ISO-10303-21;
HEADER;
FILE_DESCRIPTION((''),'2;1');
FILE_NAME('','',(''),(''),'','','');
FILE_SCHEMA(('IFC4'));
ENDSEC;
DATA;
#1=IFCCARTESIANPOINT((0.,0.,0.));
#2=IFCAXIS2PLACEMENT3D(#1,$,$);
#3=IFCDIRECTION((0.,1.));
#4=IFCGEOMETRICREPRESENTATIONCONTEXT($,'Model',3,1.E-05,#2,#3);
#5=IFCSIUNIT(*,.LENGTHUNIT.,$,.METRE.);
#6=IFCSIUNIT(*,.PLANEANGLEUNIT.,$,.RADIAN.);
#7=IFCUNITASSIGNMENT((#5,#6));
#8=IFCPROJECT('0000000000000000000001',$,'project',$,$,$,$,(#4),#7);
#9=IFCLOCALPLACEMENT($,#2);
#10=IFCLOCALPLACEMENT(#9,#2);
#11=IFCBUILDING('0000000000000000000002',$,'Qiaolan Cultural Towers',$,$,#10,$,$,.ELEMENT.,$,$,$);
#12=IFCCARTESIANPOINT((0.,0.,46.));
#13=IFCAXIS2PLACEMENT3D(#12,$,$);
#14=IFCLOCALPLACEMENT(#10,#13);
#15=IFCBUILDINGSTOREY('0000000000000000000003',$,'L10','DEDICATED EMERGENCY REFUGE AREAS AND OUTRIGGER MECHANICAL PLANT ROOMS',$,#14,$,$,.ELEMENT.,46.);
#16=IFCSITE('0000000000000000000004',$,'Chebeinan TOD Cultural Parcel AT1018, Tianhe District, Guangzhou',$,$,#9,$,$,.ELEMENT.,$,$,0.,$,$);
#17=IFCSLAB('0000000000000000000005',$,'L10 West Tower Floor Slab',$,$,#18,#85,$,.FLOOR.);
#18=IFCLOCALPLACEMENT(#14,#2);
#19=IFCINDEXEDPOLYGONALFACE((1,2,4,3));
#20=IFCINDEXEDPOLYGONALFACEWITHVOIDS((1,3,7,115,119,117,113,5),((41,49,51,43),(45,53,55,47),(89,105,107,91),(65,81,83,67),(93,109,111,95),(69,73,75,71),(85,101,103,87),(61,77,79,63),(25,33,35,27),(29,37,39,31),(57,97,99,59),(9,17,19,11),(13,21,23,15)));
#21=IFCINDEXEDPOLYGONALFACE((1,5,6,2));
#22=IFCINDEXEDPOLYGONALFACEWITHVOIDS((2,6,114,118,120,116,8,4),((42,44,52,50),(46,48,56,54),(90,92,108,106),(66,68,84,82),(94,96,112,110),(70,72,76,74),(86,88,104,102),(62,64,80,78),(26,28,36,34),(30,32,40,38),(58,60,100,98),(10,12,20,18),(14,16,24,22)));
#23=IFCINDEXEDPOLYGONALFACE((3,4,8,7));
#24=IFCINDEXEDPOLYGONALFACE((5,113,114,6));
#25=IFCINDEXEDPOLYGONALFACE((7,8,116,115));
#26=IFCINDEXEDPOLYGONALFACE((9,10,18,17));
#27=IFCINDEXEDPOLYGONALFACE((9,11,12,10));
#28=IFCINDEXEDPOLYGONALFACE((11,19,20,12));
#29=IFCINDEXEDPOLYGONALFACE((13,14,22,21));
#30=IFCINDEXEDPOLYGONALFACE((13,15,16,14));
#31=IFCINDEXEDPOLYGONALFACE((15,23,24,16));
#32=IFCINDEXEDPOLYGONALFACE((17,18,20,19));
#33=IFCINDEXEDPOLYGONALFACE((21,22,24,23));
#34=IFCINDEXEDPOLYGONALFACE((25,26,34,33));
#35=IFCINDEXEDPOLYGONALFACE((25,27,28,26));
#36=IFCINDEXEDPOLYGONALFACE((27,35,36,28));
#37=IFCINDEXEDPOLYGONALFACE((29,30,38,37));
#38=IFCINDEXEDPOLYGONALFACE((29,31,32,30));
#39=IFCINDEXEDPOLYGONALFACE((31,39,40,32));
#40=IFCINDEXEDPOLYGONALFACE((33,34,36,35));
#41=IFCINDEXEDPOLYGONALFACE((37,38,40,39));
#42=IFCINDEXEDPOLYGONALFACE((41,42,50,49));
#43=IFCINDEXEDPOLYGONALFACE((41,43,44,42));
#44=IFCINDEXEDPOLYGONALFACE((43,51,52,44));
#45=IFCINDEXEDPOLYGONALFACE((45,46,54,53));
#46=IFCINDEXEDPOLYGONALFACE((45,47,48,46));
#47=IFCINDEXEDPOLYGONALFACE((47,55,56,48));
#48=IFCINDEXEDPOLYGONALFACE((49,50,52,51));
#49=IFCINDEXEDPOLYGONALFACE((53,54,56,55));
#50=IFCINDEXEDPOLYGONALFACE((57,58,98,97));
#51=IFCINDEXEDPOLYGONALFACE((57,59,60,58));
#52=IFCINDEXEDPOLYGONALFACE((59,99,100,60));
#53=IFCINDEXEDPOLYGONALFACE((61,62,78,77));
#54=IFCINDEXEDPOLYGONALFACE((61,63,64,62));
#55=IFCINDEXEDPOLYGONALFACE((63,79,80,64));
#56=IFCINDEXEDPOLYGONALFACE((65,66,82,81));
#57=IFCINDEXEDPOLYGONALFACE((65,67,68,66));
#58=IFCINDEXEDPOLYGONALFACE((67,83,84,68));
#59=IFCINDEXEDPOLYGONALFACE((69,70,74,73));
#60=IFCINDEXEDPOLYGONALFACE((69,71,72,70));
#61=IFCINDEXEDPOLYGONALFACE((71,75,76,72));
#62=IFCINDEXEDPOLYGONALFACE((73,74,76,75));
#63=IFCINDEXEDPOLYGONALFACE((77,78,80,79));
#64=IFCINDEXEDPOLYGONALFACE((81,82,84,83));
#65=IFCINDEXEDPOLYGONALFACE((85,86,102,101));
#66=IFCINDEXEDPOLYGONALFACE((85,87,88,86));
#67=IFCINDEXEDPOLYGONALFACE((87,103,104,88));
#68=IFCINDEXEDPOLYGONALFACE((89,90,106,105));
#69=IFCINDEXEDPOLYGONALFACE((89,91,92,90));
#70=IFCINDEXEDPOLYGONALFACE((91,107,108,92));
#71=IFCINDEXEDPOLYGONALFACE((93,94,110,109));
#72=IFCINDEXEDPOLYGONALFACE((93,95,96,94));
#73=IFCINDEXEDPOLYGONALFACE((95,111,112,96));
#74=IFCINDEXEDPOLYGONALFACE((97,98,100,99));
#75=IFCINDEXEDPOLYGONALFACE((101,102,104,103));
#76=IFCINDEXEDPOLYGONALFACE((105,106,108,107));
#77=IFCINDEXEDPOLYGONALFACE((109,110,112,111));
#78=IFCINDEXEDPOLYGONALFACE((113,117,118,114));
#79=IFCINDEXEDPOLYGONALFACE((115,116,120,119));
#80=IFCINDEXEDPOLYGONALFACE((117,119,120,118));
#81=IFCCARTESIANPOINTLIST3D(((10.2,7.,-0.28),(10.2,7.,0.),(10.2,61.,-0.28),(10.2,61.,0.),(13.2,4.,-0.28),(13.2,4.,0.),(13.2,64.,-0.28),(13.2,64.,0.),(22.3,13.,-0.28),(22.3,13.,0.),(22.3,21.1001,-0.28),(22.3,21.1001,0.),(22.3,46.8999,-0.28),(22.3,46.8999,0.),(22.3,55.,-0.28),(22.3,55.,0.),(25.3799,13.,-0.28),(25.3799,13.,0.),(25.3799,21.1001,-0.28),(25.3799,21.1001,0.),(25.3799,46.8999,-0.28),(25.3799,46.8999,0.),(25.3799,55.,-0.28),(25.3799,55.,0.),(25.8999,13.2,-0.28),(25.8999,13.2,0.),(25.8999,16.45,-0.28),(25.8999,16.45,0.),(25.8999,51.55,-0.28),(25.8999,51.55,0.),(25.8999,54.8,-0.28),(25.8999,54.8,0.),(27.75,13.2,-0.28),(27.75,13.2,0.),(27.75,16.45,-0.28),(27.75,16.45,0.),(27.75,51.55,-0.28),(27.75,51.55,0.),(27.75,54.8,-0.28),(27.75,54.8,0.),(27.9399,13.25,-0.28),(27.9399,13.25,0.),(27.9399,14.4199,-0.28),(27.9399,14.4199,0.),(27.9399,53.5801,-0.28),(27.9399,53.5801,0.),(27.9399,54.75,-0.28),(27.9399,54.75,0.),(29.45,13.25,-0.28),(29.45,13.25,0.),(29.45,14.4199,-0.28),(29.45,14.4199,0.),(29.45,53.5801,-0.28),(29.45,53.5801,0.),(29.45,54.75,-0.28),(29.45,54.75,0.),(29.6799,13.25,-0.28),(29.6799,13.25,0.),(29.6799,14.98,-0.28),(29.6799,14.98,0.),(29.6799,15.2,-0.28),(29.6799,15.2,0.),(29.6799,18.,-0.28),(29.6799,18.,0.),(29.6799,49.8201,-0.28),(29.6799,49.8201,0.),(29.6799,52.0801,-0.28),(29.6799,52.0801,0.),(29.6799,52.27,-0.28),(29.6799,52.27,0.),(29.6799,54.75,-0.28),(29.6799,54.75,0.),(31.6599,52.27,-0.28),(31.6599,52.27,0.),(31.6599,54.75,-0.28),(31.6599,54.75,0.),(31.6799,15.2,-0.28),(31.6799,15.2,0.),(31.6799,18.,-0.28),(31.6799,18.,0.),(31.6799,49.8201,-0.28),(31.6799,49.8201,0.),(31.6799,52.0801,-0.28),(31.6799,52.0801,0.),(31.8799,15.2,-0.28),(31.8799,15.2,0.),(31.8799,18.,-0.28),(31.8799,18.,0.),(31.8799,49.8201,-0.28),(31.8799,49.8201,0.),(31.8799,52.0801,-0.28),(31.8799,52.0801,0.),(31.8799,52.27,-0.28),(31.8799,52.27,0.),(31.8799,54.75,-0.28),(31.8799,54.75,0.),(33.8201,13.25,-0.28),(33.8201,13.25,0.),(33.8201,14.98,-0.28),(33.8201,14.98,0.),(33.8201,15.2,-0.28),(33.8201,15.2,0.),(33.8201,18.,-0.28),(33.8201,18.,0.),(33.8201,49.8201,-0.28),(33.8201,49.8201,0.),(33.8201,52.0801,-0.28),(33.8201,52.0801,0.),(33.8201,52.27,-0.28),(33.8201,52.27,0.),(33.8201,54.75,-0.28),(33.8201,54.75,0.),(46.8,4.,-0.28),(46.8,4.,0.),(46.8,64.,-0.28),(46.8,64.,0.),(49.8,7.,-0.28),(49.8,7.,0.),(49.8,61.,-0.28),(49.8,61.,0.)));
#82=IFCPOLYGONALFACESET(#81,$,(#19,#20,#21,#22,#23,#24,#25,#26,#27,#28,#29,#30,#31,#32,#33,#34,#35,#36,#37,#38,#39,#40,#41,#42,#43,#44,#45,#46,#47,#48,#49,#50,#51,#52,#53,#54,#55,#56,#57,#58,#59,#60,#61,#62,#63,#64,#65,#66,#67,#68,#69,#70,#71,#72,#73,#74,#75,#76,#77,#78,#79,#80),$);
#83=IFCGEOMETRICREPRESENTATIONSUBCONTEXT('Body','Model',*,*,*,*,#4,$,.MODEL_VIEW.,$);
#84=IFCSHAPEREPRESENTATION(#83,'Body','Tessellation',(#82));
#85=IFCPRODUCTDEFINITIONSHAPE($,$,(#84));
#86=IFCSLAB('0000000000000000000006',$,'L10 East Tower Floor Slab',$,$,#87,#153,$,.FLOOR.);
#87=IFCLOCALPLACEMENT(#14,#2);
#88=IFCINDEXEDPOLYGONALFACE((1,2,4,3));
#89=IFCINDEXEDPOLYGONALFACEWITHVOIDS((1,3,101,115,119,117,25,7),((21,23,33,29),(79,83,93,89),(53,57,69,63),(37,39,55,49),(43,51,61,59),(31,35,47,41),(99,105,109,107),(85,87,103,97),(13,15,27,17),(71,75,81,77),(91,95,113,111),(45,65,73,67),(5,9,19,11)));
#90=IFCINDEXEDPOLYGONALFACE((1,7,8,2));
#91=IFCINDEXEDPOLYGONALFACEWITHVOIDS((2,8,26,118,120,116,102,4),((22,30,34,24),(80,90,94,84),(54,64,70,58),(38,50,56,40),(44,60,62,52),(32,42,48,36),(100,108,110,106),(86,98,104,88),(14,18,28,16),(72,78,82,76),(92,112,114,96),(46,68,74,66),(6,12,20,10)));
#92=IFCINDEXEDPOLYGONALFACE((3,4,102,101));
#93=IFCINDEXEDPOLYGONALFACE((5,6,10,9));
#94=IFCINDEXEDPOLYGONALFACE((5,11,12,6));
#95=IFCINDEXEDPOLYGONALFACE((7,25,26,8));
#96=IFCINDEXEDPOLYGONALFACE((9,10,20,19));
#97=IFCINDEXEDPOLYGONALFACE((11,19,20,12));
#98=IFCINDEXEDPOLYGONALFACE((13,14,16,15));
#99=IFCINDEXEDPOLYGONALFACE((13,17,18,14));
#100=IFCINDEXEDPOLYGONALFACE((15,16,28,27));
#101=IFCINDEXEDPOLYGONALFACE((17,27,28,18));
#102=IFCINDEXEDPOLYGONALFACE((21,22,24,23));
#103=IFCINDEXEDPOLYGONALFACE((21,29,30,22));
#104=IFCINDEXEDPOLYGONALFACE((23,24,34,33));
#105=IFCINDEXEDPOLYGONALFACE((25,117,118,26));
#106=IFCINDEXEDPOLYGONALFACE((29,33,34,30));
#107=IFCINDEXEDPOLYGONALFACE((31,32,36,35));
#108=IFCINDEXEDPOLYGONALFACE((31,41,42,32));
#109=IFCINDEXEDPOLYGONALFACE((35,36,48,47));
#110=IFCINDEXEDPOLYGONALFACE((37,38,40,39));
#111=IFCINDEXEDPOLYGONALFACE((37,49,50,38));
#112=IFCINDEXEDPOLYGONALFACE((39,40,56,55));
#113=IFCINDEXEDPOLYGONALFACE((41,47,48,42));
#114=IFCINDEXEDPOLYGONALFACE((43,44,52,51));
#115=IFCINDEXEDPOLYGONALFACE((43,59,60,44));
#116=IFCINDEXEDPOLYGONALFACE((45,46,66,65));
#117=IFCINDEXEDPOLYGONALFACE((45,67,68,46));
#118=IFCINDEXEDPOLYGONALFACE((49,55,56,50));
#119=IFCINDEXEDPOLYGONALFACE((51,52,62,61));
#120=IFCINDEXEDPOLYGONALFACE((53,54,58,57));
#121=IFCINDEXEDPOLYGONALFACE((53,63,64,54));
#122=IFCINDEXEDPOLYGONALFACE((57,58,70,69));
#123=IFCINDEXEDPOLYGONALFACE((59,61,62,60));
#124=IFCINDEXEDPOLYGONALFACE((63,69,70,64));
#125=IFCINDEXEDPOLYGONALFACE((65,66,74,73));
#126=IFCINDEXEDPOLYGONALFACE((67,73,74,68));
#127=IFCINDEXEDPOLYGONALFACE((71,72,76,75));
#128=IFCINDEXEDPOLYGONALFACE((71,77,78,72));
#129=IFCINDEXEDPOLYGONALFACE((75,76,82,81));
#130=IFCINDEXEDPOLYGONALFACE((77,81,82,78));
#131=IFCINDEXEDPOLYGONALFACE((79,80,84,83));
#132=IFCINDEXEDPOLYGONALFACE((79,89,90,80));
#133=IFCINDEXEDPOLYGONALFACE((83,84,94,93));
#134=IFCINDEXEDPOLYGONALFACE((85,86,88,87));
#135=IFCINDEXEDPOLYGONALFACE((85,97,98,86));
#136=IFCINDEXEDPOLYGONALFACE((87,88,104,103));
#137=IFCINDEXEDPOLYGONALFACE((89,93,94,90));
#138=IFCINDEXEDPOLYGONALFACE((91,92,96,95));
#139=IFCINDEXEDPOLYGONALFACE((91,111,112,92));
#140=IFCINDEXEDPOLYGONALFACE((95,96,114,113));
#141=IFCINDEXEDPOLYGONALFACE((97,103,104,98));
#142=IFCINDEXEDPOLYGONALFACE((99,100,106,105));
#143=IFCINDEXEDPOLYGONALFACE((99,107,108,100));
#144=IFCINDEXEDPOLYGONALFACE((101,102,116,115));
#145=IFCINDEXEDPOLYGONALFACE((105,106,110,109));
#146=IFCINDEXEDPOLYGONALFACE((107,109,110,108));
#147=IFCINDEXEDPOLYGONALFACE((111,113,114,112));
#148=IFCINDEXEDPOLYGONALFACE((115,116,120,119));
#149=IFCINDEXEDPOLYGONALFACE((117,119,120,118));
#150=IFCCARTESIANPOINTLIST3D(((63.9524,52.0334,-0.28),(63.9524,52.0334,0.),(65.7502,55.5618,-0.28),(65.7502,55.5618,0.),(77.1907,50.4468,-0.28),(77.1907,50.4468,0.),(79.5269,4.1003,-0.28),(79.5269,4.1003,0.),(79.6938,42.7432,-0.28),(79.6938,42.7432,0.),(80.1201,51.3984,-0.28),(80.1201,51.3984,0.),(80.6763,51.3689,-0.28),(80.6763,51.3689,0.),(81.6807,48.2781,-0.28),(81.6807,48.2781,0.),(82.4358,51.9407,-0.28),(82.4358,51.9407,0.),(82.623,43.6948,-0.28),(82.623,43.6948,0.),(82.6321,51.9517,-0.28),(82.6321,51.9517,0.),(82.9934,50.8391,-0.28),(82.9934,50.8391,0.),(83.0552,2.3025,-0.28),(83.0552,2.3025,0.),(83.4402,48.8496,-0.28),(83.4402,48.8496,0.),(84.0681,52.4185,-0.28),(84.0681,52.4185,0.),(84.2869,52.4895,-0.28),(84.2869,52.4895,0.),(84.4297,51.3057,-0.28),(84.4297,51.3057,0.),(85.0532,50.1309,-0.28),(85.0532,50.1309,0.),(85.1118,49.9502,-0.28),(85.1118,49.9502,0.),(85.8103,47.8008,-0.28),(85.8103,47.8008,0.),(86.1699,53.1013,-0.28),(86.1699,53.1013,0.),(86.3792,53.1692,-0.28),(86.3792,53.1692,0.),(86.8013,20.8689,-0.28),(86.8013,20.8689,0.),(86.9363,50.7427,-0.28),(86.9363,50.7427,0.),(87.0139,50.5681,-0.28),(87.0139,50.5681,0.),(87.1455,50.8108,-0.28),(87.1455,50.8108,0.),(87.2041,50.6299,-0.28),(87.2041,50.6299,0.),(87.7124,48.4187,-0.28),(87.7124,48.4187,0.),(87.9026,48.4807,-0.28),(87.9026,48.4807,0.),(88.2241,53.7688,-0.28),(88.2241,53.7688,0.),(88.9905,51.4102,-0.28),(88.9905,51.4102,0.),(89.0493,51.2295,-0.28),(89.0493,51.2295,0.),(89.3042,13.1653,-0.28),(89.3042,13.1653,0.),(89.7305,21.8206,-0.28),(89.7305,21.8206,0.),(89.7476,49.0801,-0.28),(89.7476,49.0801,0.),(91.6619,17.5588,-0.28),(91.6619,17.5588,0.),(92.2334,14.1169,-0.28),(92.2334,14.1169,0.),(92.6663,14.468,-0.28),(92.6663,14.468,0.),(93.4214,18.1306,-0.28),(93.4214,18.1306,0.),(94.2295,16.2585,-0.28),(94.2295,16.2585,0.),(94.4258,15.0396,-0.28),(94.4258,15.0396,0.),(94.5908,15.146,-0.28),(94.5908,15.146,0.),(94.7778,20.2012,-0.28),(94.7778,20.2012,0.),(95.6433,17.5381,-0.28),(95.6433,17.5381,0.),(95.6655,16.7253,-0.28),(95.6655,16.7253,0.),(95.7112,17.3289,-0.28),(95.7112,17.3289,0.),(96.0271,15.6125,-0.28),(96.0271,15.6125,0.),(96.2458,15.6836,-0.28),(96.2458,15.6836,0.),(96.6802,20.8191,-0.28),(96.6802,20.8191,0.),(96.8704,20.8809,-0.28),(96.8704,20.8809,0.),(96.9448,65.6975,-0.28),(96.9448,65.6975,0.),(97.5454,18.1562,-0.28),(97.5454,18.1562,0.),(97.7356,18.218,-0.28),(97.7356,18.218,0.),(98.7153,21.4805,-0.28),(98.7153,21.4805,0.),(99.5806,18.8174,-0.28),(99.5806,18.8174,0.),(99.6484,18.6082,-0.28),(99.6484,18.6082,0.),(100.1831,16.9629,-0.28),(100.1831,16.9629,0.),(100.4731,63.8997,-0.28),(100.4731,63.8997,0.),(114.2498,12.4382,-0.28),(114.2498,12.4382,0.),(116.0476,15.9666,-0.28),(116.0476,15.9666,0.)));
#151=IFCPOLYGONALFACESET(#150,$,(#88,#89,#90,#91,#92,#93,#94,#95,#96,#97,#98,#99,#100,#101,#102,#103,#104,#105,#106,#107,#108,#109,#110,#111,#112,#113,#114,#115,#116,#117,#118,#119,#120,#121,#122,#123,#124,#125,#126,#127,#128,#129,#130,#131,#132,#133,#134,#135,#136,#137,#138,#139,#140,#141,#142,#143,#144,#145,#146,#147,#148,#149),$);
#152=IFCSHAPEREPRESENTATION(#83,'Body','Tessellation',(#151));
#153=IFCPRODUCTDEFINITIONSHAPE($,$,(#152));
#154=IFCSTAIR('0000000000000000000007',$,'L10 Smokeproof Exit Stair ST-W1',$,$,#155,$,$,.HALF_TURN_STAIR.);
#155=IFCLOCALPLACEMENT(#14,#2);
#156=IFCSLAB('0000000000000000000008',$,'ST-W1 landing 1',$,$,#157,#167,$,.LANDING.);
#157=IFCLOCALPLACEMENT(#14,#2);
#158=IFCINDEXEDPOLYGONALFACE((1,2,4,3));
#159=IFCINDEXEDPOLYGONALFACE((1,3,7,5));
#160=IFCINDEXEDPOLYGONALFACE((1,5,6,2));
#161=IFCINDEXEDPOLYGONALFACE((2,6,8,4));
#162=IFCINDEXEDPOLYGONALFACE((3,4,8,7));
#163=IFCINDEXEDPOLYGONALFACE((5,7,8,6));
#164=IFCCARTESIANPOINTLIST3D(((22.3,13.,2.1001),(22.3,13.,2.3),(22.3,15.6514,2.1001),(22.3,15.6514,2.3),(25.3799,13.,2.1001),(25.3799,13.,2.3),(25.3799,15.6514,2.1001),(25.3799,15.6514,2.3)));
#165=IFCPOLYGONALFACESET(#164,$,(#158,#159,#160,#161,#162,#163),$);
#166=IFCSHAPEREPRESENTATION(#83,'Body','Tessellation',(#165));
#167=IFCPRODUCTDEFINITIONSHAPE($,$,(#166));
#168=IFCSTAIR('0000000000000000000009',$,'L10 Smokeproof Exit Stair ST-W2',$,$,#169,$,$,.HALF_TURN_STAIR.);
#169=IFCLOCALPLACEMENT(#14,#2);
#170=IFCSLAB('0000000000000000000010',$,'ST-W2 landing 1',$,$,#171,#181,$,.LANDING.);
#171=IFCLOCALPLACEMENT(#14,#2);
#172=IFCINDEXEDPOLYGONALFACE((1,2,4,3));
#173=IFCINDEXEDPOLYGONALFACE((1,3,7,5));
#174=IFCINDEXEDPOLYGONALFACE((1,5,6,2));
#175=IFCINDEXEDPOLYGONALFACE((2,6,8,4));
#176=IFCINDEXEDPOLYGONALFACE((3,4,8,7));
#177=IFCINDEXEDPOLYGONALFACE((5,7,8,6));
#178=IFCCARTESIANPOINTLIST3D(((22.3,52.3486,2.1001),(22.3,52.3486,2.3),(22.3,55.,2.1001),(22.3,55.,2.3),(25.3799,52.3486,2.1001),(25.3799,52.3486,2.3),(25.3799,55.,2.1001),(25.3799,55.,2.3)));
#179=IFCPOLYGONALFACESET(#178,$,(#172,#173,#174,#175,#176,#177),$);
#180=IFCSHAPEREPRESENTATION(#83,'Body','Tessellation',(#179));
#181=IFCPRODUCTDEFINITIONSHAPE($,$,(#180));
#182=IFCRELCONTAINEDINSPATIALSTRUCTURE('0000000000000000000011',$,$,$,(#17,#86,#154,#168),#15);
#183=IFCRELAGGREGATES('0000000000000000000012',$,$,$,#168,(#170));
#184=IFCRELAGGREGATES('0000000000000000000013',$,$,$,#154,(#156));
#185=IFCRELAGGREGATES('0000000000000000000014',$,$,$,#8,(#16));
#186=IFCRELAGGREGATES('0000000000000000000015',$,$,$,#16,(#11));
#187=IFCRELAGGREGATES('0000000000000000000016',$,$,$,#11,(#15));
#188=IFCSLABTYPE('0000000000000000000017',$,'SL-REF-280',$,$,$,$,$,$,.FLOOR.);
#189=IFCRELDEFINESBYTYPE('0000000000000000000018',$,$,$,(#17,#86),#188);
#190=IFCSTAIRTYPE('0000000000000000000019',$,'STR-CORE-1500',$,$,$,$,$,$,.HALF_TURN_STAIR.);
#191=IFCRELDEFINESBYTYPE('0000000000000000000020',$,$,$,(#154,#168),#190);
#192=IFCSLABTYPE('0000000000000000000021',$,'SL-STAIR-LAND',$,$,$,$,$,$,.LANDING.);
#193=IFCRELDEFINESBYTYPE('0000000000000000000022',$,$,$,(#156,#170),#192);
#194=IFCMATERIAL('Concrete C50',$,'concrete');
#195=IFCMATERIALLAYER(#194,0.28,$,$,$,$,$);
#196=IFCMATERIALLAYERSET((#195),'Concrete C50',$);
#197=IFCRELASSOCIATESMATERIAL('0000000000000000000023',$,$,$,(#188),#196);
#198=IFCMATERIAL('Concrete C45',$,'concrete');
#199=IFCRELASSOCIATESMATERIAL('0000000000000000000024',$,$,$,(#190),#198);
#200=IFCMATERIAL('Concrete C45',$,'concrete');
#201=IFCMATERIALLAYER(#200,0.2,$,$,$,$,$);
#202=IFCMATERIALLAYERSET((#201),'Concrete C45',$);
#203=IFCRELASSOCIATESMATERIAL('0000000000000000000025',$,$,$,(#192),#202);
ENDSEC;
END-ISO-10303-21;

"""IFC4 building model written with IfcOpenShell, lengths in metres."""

from ifc_helpers import new_model, si_unit, direction, frame, origin, place, context, subcontext, project, spatial, polyline, outline, extrude, material, layer, layer_set, type_object, element, aggregate, save


model = new_model("IFC4")

# Units and contexts
model_context = context("Model", 3, precision=1e-05, world=origin(), true_north=direction((0.0, 1.0)))
body_context = subcontext(model_context, "Body", "Model", "MODEL_VIEW")
ifc_project = project(units=[si_unit("LENGTHUNIT", "METRE"), si_unit("PLANEANGLEUNIT", "RADIAN")], contexts=[model_context])

# Site, building, storey
site_placement = place(None, origin())
site = spatial("IfcSite", under=ifc_project, at=site_placement, Name="Chebeinan TOD Cultural Parcel AT1018, Tianhe District, Guangzhou", CompositionType="ELEMENT", RefElevation=0.0)
building_placement = place(site_placement, origin())
building = spatial("IfcBuilding", under=site, at=building_placement, Name="Qiaolan Cultural Towers", CompositionType="ELEMENT")
storey_placement = place(building_placement, frame((0.0, 0.0, 46.0)))
storey = spatial("IfcBuildingStorey", under=building, at=storey_placement, Name="L10", Description="DEDICATED EMERGENCY REFUGE AREAS AND OUTRIGGER MECHANICAL PLANT ROOMS", CompositionType="ELEMENT", Elevation=46.0)

# Slabs
ifc_material_1 = material(Name="Concrete C50", Category="concrete")
ifc_layer_1 = layer(ifc_material_1, 0.28)
ifc_layer_set_1 = layer_set([ifc_layer_1], Name="Concrete C50")
slab_type_1 = type_object("IfcSlabType", Name="SL-REF-280", PredefinedType="FLOOR", material=ifc_layer_set_1)
slab_1_placement = place(storey_placement, frame((0.0, 0.0, -0.28)))
element("IfcSlab", 1, at=slab_1_placement, inside=storey, type_object=slab_type_1, Name="L10 West Tower Floor Slab", PredefinedType="FLOOR", context=body_context, shape_type="SweptSolid", body=[
    extrude(outline(polyline([(13.2, 4.0), (46.8, 4.0), (49.8, 7.0), (49.8, 61.0), (46.8, 64.0), (13.2, 64.0), (10.2, 61.0), (10.2, 7.0), (13.2, 4.0)]), holes=[polyline([(22.3, 21.1001), (22.3, 13.0), (25.3799, 13.0), (25.3799, 21.1001), (22.3, 21.1001)]), polyline([(25.3799, 46.8999), (25.3799, 55.0), (22.3, 55.0), (22.3, 46.8999), (25.3799, 46.8999)]), polyline([(25.8999, 13.2), (27.75, 13.2), (27.75, 16.45), (25.8999, 16.45), (25.8999, 13.2)]), polyline([(27.9399, 13.25), (29.45, 13.25), (29.45, 14.4199), (27.9399, 14.4199), (27.9399, 13.25)]), polyline([(29.6799, 15.2), (31.6799, 15.2), (31.6799, 18.0), (29.6799, 18.0), (29.6799, 15.2)]), polyline([(31.8799, 15.2), (33.8201, 15.2), (33.8201, 18.0), (31.8799, 18.0), (31.8799, 15.2)]), polyline([(29.6799, 13.25), (33.8201, 13.25), (33.8201, 14.98), (29.6799, 14.98), (29.6799, 13.25)]), polyline([(25.8999, 51.55), (27.75, 51.55), (27.75, 54.8), (25.8999, 54.8), (25.8999, 51.55)]), polyline([(27.9399, 53.5801), (29.45, 53.5801), (29.45, 54.75), (27.9399, 54.75), (27.9399, 53.5801)]), polyline([(29.6799, 49.8201), (31.6799, 49.8201), (31.6799, 52.0801), (29.6799, 52.0801), (29.6799, 49.8201)]), polyline([(31.8799, 49.8201), (33.8201, 49.8201), (33.8201, 52.0801), (31.8799, 52.0801), (31.8799, 49.8201)]), polyline([(29.6799, 52.27), (31.6599, 52.27), (31.6599, 54.75), (29.6799, 54.75), (29.6799, 52.27)]), polyline([(31.8799, 52.27), (33.8201, 52.27), (33.8201, 54.75), (31.8799, 54.75), (31.8799, 52.27)])]), origin(), (0.0, 0.0, 1.0), 0.28),
])
slab_2_placement = place(storey_placement, frame((0.0, 0.0, -0.28)))
element("IfcSlab", 2, at=slab_2_placement, inside=storey, type_object=slab_type_1, Name="L10 East Tower Floor Slab", PredefinedType="FLOOR", context=body_context, shape_type="SweptSolid", body=[
    extrude(outline(polyline([(83.0552, 2.3025), (114.2498, 12.4382), (116.0476, 15.9666), (100.4731, 63.8997), (96.9448, 65.6975), (65.7502, 55.5618), (63.9524, 52.0334), (79.5269, 4.1003), (83.0552, 2.3025)]), holes=[polyline([(86.8013, 20.8689), (89.3042, 13.1653), (92.2334, 14.1169), (89.7305, 21.8206), (86.8013, 20.8689)]), polyline([(82.623, 43.6948), (80.1201, 51.3984), (77.1907, 50.4468), (79.6938, 42.7432), (82.623, 43.6948)]), polyline([(92.6663, 14.468), (94.4258, 15.0396), (93.4214, 18.1306), (91.6619, 17.5588), (92.6663, 14.468)]), polyline([(94.5908, 15.146), (96.0271, 15.6125), (95.6655, 16.7253), (94.2295, 16.2585), (94.5908, 15.146)]), polyline([(95.6433, 17.5381), (97.5454, 18.1562), (96.6802, 20.8191), (94.7778, 20.2012), (95.6433, 17.5381)]), polyline([(97.7356, 18.218), (99.5806, 18.8174), (98.7153, 21.4805), (96.8704, 20.8809), (97.7356, 18.218)]), polyline([(96.2458, 15.6836), (100.1831, 16.9629), (99.6484, 18.6082), (95.7112, 17.3289), (96.2458, 15.6836)]), polyline([(81.6807, 48.2781), (83.4402, 48.8496), (82.4358, 51.9407), (80.6763, 51.3689), (81.6807, 48.2781)]), polyline([(82.9934, 50.8391), (84.4297, 51.3057), (84.0681, 52.4185), (82.6321, 51.9517), (82.9934, 50.8391)]), polyline([(85.8103, 47.8008), (87.7124, 48.4187), (87.0139, 50.5681), (85.1118, 49.9502), (85.8103, 47.8008)]), polyline([(87.9026, 48.4807), (89.7476, 49.0801), (89.0493, 51.2295), (87.2041, 50.6299), (87.9026, 48.4807)]), polyline([(85.0532, 50.1309), (86.9363, 50.7427), (86.1699, 53.1013), (84.2869, 52.4895), (85.0532, 50.1309)]), polyline([(87.1455, 50.8108), (88.9905, 51.4102), (88.2241, 53.7688), (86.3792, 53.1692), (87.1455, 50.8108)])]), origin(), (0.0, 0.0, 1.0), 0.28),
])

# Stairs, slabs
ifc_material_2 = material(Name="Concrete C45", Category="concrete")
stair_type = type_object("IfcStairType", Name="STR-CORE-1500", PredefinedType="HALF_TURN_STAIR", material=ifc_material_2)
stair_1_placement = place(storey_placement, origin())
stair_1 = element("IfcStair", 3, at=stair_1_placement, inside=storey, type_object=stair_type, Name="L10 Smokeproof Exit Stair ST-W1", PredefinedType="HALF_TURN_STAIR")
ifc_material_3 = material(Name="Concrete C45", Category="concrete")
ifc_layer_2 = layer(ifc_material_3, 0.2)
ifc_layer_set_2 = layer_set([ifc_layer_2], Name="Concrete C45")
slab_type_2 = type_object("IfcSlabType", Name="SL-STAIR-LAND", PredefinedType="LANDING", material=ifc_layer_set_2)
slab_3_placement = place(storey_placement, frame((0.0, 0.0, 2.1001)))
slab_3 = element("IfcSlab", 4, at=slab_3_placement, type_object=slab_type_2, Name="ST-W1 landing 1", PredefinedType="LANDING", context=body_context, shape_type="SweptSolid", body=[
    extrude(outline(polyline([(22.3, 15.6514), (22.3, 13.0), (25.3799, 13.0), (25.3799, 15.6514), (22.3, 15.6514)])), origin(), (0.0, 0.0, 1.0), 0.2),
])
stair_2_placement = place(storey_placement, origin())
stair_2 = element("IfcStair", 5, at=stair_2_placement, inside=storey, type_object=stair_type, Name="L10 Smokeproof Exit Stair ST-W2", PredefinedType="HALF_TURN_STAIR")
slab_4_placement = place(storey_placement, frame((0.0, 0.0, 2.1001)))
slab_4 = element("IfcSlab", 6, at=slab_4_placement, type_object=slab_type_2, Name="ST-W2 landing 1", PredefinedType="LANDING", context=body_context, shape_type="SweptSolid", body=[
    extrude(outline(polyline([(25.3799, 52.3486), (25.3799, 55.0), (22.3, 55.0), (22.3, 52.3486), (25.3799, 52.3486)])), origin(), (0.0, 0.0, 1.0), 0.2),
])
aggregate(stair_2, [slab_4])

aggregate(stair_1, [slab_3])

save(model, "model.ifc")
